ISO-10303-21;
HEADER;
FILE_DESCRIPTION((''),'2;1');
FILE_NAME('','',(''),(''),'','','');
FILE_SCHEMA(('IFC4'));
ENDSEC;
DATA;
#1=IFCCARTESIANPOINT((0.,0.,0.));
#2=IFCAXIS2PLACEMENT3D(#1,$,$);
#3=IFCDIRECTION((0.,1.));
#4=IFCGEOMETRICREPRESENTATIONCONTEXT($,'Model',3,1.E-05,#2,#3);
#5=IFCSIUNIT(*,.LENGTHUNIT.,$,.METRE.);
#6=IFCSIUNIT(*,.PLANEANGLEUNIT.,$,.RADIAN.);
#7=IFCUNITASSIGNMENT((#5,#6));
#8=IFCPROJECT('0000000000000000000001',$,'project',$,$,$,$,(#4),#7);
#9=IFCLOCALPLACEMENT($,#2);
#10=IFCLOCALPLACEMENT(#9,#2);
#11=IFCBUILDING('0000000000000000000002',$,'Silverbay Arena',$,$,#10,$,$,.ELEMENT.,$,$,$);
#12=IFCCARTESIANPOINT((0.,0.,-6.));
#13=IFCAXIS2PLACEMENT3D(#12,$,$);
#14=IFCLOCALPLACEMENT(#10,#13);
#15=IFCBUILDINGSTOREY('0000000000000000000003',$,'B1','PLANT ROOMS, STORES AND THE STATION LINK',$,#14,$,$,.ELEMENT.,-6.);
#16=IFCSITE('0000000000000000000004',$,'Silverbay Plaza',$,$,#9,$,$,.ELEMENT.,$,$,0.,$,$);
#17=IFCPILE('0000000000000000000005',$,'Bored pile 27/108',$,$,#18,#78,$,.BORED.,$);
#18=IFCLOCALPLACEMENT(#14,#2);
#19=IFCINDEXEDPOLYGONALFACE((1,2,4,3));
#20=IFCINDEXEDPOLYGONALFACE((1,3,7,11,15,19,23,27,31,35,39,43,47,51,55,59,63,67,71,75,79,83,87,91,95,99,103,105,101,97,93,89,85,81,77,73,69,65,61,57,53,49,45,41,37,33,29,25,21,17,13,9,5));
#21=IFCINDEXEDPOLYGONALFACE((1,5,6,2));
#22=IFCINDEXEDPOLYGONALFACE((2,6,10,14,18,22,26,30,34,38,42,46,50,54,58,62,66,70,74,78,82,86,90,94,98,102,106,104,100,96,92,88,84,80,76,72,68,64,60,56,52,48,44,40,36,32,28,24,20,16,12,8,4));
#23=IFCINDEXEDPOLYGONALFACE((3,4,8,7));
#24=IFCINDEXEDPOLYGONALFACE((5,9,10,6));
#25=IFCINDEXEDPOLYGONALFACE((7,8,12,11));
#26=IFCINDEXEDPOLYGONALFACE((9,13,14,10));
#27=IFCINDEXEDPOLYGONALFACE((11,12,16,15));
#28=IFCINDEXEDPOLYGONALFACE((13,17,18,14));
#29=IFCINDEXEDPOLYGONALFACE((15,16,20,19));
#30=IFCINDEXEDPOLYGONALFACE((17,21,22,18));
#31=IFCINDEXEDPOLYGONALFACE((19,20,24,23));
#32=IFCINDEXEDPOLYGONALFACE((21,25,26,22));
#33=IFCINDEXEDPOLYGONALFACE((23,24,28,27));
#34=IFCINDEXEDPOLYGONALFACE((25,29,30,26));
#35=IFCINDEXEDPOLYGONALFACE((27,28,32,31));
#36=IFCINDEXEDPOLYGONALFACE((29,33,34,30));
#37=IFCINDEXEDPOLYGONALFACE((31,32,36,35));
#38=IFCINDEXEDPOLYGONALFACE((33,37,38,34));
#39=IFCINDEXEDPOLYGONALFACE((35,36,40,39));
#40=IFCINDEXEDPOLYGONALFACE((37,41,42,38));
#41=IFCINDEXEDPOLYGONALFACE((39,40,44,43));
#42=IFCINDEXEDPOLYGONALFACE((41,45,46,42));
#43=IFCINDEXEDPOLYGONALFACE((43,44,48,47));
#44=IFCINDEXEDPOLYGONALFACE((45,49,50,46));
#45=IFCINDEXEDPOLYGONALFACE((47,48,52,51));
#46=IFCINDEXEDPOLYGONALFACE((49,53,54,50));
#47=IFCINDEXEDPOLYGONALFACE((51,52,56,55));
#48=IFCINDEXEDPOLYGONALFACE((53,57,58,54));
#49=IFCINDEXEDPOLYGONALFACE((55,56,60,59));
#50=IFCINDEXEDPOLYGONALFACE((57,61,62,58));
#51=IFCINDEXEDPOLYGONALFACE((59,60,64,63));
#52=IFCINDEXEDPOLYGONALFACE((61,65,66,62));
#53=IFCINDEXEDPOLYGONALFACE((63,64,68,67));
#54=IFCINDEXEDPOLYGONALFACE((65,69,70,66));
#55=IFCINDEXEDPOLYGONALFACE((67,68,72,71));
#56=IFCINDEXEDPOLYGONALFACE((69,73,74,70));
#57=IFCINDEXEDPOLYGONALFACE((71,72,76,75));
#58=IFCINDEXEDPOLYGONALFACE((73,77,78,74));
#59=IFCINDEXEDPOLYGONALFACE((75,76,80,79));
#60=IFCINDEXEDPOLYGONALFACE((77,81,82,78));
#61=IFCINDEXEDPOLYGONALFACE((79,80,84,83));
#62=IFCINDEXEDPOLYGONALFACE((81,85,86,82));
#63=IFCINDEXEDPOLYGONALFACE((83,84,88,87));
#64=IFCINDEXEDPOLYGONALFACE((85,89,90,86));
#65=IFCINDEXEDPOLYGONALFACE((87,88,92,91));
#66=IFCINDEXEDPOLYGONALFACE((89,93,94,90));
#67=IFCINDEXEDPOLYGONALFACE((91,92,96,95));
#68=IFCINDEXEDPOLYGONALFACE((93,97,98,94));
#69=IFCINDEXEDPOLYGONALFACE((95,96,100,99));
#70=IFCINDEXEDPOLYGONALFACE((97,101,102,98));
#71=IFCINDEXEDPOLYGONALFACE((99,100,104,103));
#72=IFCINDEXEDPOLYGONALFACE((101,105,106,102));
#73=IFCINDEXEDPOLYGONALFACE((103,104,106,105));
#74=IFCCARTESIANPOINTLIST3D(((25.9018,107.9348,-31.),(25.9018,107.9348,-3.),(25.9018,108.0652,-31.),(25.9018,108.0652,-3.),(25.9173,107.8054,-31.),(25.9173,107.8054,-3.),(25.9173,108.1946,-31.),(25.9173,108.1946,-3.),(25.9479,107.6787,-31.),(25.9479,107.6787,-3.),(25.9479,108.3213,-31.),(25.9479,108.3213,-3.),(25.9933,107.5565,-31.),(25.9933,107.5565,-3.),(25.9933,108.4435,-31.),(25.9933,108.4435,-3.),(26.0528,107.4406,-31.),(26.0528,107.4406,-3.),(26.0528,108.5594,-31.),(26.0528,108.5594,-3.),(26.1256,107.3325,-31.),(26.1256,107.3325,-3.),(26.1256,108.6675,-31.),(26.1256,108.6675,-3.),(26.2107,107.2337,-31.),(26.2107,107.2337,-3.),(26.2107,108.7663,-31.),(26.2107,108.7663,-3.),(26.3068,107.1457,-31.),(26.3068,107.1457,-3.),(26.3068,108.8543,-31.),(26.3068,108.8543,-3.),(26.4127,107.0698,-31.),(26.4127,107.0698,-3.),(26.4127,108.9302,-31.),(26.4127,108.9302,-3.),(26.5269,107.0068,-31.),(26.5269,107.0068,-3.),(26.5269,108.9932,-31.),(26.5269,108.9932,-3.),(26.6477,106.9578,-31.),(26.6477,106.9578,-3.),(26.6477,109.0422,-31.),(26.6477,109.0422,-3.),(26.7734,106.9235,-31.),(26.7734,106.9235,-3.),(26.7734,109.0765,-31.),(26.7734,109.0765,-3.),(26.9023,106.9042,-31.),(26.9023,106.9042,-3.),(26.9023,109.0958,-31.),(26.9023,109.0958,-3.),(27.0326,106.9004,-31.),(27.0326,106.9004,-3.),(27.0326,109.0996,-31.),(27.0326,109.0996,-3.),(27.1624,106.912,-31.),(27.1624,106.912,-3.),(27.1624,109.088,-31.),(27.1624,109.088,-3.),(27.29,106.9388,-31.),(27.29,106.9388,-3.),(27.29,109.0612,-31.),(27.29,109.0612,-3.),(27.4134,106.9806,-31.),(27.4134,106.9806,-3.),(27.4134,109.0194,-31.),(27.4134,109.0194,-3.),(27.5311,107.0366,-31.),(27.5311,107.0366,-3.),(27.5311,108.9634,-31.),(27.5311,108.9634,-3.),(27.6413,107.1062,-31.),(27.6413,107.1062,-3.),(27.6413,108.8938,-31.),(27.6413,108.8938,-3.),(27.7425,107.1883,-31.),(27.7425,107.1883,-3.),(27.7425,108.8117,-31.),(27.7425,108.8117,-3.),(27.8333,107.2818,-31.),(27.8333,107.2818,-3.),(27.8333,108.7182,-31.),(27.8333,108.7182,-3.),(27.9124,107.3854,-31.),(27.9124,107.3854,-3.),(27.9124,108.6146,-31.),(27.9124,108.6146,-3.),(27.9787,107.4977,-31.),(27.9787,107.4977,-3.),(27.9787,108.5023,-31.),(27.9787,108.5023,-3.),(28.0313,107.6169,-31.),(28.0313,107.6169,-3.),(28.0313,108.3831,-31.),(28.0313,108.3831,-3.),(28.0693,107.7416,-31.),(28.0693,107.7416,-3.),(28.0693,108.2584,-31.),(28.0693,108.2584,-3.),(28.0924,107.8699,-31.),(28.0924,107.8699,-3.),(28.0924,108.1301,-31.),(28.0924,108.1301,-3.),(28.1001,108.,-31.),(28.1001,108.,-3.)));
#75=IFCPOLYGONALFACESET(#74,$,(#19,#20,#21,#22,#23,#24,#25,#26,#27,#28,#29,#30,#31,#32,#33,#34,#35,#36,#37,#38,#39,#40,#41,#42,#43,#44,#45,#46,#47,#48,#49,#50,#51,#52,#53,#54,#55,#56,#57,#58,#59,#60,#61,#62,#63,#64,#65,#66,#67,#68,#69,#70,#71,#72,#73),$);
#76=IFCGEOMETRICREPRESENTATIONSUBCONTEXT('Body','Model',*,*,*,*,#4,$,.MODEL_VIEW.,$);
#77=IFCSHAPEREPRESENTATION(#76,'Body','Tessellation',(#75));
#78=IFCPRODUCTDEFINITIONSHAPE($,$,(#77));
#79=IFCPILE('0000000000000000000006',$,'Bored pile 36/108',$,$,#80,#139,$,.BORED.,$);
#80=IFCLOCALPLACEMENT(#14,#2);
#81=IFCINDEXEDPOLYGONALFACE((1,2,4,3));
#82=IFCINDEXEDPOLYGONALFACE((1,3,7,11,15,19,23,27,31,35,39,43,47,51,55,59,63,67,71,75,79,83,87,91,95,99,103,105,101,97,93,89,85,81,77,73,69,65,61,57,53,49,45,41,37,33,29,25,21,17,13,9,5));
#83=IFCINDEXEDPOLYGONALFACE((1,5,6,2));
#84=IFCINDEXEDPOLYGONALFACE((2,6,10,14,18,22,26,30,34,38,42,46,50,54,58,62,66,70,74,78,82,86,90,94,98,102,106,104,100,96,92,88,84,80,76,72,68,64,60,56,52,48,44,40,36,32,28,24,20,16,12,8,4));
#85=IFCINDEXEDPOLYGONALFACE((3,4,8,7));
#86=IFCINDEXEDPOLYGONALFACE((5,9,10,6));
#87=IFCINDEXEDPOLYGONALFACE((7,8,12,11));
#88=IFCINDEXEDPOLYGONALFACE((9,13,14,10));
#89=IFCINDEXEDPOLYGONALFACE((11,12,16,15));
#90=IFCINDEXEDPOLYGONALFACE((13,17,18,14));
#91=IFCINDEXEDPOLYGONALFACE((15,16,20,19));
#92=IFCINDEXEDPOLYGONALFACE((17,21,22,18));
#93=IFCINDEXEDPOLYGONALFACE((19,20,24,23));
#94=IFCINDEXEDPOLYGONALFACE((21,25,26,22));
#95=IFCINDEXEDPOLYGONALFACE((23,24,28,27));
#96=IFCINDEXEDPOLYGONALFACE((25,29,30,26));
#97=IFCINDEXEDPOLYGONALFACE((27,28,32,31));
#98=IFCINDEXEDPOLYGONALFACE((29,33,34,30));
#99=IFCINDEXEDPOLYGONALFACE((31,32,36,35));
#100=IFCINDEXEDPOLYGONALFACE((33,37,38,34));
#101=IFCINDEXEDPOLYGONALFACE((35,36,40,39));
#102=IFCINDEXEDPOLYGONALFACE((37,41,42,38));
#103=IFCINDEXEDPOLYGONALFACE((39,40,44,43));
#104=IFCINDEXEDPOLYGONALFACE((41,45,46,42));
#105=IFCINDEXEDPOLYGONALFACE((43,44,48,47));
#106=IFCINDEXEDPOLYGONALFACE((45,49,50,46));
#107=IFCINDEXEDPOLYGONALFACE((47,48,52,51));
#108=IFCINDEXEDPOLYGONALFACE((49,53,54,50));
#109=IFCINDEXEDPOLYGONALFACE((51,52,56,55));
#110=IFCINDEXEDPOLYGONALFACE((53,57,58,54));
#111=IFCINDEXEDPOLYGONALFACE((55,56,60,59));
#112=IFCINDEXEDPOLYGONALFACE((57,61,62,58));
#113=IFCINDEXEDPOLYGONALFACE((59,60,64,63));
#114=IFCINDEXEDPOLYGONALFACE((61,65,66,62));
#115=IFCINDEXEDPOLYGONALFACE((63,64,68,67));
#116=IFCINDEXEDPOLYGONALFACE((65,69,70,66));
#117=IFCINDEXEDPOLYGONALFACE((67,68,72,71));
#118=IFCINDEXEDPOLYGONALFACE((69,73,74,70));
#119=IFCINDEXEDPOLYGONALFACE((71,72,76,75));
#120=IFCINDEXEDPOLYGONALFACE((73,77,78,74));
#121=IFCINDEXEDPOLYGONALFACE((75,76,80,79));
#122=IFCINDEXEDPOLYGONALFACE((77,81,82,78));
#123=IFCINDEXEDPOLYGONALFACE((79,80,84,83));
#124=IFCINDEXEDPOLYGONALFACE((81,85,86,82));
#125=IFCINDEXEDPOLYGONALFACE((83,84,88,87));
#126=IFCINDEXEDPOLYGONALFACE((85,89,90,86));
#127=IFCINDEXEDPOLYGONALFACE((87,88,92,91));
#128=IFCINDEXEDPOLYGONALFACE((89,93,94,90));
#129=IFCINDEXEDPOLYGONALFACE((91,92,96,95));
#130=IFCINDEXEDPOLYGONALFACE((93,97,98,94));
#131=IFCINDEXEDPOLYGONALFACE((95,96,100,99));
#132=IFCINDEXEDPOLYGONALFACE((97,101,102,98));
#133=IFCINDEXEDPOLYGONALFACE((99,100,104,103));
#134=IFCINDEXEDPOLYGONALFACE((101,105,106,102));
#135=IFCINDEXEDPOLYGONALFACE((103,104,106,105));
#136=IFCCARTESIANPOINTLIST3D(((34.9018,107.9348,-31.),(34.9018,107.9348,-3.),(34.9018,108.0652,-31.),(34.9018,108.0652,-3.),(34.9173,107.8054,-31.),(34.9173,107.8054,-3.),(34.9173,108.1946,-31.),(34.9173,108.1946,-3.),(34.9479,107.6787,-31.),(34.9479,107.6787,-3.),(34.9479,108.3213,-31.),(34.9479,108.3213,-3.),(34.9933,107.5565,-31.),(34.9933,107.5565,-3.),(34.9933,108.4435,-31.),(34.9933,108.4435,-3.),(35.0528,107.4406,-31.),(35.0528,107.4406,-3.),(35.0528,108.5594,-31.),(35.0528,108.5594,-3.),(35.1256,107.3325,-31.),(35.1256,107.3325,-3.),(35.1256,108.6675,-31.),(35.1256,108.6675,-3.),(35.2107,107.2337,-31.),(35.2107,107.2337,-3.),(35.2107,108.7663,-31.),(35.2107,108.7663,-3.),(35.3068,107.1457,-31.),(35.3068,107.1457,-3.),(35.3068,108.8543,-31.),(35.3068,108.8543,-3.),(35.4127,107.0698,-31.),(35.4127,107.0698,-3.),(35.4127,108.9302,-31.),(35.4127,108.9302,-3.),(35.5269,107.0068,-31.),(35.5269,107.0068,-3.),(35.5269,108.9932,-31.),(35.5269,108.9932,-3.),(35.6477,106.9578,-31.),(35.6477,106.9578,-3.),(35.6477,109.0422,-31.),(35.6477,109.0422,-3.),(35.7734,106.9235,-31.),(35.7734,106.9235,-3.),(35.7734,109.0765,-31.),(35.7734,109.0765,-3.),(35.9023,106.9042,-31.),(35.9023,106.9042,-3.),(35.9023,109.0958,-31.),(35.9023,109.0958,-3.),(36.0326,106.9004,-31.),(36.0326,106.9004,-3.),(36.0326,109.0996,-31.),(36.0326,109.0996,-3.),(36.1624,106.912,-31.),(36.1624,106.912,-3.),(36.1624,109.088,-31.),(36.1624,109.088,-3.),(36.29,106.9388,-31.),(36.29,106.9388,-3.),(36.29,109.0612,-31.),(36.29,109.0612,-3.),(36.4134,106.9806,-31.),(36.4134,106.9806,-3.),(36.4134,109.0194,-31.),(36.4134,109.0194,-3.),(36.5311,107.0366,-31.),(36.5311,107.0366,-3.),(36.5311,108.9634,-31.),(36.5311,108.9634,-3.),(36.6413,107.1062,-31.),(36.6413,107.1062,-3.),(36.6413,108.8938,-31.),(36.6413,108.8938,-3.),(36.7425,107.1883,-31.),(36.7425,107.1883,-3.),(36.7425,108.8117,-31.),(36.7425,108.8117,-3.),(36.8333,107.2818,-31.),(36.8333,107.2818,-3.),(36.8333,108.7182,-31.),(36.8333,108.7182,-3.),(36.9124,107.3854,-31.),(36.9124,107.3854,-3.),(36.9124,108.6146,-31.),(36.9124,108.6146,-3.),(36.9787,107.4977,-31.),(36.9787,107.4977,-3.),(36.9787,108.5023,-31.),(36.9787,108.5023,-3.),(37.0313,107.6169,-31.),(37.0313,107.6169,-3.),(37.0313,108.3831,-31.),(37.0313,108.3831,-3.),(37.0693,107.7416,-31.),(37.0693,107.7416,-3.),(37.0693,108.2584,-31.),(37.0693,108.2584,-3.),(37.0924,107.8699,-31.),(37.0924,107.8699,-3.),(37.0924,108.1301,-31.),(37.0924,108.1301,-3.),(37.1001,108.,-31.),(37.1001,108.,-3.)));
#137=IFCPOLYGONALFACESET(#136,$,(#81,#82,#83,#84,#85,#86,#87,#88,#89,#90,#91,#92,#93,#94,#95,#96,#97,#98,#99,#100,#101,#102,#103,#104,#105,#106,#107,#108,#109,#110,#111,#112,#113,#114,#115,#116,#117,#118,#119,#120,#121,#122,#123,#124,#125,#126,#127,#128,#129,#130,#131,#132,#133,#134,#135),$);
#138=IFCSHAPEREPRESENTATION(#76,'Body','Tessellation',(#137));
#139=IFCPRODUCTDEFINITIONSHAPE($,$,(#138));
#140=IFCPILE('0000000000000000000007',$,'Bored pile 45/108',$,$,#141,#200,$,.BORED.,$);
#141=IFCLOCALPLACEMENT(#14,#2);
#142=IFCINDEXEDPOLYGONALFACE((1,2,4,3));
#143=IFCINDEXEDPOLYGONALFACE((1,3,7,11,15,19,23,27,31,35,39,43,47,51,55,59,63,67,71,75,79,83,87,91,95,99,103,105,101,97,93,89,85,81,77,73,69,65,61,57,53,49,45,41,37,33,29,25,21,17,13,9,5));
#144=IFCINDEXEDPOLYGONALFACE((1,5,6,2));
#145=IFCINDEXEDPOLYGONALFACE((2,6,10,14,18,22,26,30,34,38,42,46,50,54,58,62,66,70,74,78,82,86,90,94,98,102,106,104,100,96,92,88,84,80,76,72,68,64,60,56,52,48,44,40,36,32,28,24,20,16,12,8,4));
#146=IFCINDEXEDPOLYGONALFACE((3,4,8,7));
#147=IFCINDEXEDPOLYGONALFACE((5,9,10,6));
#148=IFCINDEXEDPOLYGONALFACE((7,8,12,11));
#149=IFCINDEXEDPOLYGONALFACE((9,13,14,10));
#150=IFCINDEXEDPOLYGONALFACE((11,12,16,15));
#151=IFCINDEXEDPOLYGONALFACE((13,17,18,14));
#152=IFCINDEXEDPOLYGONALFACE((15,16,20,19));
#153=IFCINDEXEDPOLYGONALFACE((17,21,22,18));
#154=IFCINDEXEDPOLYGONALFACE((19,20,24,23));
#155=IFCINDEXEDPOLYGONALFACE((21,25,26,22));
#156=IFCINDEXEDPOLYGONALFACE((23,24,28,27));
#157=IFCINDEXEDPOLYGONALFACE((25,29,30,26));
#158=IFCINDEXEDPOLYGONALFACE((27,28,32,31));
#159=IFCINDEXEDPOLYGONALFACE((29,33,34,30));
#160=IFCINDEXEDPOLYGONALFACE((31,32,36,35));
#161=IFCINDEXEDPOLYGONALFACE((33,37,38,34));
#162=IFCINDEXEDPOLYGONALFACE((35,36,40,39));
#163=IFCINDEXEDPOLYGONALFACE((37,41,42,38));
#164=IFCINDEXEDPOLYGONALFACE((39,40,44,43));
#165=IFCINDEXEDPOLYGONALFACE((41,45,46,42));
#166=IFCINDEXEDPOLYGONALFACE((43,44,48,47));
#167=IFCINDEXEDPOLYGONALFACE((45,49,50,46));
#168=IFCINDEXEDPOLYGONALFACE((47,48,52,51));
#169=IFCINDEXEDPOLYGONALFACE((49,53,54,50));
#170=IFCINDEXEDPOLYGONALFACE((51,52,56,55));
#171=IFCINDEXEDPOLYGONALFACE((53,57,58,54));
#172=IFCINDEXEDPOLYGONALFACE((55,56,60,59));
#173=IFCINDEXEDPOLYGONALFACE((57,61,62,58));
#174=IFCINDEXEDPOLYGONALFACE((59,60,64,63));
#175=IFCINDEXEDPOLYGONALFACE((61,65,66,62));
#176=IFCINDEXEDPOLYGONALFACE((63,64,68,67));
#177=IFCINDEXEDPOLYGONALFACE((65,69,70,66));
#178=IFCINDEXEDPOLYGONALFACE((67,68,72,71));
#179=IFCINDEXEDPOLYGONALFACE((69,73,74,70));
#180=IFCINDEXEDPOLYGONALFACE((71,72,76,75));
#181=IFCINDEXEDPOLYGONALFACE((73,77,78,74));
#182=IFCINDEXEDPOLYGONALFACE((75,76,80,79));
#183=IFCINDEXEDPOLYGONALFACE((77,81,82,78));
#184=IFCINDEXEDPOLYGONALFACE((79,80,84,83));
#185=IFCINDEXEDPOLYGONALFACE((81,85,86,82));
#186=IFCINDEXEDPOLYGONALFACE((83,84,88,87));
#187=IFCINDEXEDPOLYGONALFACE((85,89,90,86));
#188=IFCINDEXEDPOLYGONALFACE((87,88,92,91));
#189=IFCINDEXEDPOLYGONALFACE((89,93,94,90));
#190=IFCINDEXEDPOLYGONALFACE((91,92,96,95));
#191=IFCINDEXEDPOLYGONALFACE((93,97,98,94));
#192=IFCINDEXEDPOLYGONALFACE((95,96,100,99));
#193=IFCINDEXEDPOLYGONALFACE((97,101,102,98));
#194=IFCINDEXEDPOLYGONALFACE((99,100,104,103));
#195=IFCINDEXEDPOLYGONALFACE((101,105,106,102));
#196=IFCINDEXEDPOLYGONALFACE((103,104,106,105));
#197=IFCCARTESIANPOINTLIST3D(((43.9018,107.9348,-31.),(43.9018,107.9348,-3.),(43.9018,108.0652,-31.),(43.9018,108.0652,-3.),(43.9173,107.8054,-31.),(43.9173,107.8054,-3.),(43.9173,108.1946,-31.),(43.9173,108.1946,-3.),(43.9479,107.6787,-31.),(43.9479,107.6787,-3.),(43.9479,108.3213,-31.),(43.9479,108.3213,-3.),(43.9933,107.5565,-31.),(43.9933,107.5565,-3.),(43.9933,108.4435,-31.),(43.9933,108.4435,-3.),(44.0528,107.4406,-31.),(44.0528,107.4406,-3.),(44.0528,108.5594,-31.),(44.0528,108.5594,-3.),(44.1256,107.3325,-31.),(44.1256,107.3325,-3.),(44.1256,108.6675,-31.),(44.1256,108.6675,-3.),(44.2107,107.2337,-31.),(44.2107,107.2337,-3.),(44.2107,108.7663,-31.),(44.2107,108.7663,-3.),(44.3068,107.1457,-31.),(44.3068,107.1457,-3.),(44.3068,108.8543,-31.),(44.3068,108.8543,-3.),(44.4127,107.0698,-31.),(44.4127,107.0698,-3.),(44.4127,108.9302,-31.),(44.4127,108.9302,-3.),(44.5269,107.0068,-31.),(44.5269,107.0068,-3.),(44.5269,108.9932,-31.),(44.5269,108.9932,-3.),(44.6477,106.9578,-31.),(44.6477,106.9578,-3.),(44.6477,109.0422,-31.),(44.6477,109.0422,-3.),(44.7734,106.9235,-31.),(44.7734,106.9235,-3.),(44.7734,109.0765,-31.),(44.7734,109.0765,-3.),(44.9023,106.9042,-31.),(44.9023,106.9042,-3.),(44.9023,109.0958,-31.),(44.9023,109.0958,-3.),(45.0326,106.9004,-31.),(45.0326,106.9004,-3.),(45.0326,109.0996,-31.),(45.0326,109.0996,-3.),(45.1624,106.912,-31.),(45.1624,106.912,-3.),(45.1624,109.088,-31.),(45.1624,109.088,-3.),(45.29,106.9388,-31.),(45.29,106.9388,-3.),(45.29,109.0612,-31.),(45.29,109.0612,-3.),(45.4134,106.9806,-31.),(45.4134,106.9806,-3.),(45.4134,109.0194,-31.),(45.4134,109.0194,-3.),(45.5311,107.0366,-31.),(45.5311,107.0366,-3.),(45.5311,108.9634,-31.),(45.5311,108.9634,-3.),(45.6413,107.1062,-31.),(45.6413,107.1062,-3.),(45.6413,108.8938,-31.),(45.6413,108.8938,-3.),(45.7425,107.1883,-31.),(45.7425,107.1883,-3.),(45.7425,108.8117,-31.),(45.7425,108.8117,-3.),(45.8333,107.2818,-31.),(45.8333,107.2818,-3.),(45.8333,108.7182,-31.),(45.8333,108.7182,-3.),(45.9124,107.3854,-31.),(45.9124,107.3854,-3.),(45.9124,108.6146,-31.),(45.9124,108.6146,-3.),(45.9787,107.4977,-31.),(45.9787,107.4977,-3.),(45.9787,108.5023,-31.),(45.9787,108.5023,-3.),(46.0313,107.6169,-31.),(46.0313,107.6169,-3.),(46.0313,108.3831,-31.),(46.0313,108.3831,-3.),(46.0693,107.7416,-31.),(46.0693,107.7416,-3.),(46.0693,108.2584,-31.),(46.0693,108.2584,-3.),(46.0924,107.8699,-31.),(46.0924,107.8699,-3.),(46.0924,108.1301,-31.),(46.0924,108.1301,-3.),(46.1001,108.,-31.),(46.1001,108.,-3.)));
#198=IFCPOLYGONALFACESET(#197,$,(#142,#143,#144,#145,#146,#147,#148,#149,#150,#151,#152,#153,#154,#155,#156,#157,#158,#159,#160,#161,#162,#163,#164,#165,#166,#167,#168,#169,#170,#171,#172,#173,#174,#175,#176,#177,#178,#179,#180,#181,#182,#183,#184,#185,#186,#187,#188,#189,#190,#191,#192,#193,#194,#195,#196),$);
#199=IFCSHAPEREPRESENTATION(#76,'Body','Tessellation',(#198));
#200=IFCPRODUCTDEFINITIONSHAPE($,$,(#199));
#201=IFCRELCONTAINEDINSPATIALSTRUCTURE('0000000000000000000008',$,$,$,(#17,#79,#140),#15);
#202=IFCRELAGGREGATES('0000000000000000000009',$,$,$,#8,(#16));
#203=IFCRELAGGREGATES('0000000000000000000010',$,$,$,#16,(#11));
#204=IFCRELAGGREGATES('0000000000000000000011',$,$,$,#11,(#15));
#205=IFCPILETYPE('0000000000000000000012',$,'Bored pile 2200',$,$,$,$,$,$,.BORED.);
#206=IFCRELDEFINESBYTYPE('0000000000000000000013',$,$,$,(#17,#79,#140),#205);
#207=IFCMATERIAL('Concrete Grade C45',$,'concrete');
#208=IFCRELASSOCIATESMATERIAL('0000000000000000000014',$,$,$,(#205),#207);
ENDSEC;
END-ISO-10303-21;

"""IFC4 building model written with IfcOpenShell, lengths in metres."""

from ifc_helpers import new_model, si_unit, direction, frame, origin, origin_2d, place, context, subcontext, project, spatial, circle, extrude, material, material_profile, profile_set, type_object, element, save


model = new_model("IFC4")

# Units and contexts
model_context = context("Model", 3, precision=1e-05, world=origin(), true_north=direction((0.0, 1.0)))
body_context = subcontext(model_context, "Body", "Model", "MODEL_VIEW")
ifc_project = project(units=[si_unit("LENGTHUNIT", "METRE"), si_unit("PLANEANGLEUNIT", "RADIAN")], contexts=[model_context])

# Site, building, storey
site_placement = place(None, origin())
site = spatial("IfcSite", under=ifc_project, at=site_placement, Name="Silverbay Plaza", CompositionType="ELEMENT", RefElevation=0.0)
building_placement = place(site_placement, origin())
building = spatial("IfcBuilding", under=site, at=building_placement, Name="Silverbay Arena", CompositionType="ELEMENT")
storey_placement = place(building_placement, frame((0.0, 0.0, -6.0)))
storey = spatial("IfcBuildingStorey", under=building, at=storey_placement, Name="B1", Description="PLANT ROOMS, STORES AND THE STATION LINK", CompositionType="ELEMENT", Elevation=-6.0)

# Piles
ifc_material_1 = material(Name="Concrete Grade C45", Category="concrete")
ifc_material_profile_1 = material_profile(ifc_material_1, circle(Radius=1.1001, at=origin_2d()), Name="Bored pile 2200")
ifc_profile_set_1 = profile_set([ifc_material_profile_1], Name="Concrete Grade C45")
pile_type = type_object("IfcPileType", Name="Bored pile 2200", PredefinedType="BORED", material=ifc_profile_set_1)
for number, where, z_axis, x_axis, name in (
    (1, (27.0, 108.0, -3.0), (0.0, 0.0, -1.0), (1.0, 0.0, 0.0), "Bored pile 27/108"),
    (2, (36.0, 108.0, -3.0), (0.0, 0.0, -1.0), (1.0, 0.0, 0.0), "Bored pile 36/108"),
    (3, (45.0, 108.0, -3.0), (0.0, 0.0, -1.0), (1.0, 0.0, 0.0), "Bored pile 45/108"),
):
    element("IfcPile", number, at=place(storey_placement, frame(where, z_axis=z_axis, x_axis=x_axis)), inside=storey, type_object=pile_type, Name=name, PredefinedType="BORED", context=body_context, shape_type="SweptSolid", body=[
        extrude(circle(Radius=1.1001, at=origin_2d()), origin(), (0.0, 0.0, 1.0), 28.0),
    ])

save(model, "model.ifc")
